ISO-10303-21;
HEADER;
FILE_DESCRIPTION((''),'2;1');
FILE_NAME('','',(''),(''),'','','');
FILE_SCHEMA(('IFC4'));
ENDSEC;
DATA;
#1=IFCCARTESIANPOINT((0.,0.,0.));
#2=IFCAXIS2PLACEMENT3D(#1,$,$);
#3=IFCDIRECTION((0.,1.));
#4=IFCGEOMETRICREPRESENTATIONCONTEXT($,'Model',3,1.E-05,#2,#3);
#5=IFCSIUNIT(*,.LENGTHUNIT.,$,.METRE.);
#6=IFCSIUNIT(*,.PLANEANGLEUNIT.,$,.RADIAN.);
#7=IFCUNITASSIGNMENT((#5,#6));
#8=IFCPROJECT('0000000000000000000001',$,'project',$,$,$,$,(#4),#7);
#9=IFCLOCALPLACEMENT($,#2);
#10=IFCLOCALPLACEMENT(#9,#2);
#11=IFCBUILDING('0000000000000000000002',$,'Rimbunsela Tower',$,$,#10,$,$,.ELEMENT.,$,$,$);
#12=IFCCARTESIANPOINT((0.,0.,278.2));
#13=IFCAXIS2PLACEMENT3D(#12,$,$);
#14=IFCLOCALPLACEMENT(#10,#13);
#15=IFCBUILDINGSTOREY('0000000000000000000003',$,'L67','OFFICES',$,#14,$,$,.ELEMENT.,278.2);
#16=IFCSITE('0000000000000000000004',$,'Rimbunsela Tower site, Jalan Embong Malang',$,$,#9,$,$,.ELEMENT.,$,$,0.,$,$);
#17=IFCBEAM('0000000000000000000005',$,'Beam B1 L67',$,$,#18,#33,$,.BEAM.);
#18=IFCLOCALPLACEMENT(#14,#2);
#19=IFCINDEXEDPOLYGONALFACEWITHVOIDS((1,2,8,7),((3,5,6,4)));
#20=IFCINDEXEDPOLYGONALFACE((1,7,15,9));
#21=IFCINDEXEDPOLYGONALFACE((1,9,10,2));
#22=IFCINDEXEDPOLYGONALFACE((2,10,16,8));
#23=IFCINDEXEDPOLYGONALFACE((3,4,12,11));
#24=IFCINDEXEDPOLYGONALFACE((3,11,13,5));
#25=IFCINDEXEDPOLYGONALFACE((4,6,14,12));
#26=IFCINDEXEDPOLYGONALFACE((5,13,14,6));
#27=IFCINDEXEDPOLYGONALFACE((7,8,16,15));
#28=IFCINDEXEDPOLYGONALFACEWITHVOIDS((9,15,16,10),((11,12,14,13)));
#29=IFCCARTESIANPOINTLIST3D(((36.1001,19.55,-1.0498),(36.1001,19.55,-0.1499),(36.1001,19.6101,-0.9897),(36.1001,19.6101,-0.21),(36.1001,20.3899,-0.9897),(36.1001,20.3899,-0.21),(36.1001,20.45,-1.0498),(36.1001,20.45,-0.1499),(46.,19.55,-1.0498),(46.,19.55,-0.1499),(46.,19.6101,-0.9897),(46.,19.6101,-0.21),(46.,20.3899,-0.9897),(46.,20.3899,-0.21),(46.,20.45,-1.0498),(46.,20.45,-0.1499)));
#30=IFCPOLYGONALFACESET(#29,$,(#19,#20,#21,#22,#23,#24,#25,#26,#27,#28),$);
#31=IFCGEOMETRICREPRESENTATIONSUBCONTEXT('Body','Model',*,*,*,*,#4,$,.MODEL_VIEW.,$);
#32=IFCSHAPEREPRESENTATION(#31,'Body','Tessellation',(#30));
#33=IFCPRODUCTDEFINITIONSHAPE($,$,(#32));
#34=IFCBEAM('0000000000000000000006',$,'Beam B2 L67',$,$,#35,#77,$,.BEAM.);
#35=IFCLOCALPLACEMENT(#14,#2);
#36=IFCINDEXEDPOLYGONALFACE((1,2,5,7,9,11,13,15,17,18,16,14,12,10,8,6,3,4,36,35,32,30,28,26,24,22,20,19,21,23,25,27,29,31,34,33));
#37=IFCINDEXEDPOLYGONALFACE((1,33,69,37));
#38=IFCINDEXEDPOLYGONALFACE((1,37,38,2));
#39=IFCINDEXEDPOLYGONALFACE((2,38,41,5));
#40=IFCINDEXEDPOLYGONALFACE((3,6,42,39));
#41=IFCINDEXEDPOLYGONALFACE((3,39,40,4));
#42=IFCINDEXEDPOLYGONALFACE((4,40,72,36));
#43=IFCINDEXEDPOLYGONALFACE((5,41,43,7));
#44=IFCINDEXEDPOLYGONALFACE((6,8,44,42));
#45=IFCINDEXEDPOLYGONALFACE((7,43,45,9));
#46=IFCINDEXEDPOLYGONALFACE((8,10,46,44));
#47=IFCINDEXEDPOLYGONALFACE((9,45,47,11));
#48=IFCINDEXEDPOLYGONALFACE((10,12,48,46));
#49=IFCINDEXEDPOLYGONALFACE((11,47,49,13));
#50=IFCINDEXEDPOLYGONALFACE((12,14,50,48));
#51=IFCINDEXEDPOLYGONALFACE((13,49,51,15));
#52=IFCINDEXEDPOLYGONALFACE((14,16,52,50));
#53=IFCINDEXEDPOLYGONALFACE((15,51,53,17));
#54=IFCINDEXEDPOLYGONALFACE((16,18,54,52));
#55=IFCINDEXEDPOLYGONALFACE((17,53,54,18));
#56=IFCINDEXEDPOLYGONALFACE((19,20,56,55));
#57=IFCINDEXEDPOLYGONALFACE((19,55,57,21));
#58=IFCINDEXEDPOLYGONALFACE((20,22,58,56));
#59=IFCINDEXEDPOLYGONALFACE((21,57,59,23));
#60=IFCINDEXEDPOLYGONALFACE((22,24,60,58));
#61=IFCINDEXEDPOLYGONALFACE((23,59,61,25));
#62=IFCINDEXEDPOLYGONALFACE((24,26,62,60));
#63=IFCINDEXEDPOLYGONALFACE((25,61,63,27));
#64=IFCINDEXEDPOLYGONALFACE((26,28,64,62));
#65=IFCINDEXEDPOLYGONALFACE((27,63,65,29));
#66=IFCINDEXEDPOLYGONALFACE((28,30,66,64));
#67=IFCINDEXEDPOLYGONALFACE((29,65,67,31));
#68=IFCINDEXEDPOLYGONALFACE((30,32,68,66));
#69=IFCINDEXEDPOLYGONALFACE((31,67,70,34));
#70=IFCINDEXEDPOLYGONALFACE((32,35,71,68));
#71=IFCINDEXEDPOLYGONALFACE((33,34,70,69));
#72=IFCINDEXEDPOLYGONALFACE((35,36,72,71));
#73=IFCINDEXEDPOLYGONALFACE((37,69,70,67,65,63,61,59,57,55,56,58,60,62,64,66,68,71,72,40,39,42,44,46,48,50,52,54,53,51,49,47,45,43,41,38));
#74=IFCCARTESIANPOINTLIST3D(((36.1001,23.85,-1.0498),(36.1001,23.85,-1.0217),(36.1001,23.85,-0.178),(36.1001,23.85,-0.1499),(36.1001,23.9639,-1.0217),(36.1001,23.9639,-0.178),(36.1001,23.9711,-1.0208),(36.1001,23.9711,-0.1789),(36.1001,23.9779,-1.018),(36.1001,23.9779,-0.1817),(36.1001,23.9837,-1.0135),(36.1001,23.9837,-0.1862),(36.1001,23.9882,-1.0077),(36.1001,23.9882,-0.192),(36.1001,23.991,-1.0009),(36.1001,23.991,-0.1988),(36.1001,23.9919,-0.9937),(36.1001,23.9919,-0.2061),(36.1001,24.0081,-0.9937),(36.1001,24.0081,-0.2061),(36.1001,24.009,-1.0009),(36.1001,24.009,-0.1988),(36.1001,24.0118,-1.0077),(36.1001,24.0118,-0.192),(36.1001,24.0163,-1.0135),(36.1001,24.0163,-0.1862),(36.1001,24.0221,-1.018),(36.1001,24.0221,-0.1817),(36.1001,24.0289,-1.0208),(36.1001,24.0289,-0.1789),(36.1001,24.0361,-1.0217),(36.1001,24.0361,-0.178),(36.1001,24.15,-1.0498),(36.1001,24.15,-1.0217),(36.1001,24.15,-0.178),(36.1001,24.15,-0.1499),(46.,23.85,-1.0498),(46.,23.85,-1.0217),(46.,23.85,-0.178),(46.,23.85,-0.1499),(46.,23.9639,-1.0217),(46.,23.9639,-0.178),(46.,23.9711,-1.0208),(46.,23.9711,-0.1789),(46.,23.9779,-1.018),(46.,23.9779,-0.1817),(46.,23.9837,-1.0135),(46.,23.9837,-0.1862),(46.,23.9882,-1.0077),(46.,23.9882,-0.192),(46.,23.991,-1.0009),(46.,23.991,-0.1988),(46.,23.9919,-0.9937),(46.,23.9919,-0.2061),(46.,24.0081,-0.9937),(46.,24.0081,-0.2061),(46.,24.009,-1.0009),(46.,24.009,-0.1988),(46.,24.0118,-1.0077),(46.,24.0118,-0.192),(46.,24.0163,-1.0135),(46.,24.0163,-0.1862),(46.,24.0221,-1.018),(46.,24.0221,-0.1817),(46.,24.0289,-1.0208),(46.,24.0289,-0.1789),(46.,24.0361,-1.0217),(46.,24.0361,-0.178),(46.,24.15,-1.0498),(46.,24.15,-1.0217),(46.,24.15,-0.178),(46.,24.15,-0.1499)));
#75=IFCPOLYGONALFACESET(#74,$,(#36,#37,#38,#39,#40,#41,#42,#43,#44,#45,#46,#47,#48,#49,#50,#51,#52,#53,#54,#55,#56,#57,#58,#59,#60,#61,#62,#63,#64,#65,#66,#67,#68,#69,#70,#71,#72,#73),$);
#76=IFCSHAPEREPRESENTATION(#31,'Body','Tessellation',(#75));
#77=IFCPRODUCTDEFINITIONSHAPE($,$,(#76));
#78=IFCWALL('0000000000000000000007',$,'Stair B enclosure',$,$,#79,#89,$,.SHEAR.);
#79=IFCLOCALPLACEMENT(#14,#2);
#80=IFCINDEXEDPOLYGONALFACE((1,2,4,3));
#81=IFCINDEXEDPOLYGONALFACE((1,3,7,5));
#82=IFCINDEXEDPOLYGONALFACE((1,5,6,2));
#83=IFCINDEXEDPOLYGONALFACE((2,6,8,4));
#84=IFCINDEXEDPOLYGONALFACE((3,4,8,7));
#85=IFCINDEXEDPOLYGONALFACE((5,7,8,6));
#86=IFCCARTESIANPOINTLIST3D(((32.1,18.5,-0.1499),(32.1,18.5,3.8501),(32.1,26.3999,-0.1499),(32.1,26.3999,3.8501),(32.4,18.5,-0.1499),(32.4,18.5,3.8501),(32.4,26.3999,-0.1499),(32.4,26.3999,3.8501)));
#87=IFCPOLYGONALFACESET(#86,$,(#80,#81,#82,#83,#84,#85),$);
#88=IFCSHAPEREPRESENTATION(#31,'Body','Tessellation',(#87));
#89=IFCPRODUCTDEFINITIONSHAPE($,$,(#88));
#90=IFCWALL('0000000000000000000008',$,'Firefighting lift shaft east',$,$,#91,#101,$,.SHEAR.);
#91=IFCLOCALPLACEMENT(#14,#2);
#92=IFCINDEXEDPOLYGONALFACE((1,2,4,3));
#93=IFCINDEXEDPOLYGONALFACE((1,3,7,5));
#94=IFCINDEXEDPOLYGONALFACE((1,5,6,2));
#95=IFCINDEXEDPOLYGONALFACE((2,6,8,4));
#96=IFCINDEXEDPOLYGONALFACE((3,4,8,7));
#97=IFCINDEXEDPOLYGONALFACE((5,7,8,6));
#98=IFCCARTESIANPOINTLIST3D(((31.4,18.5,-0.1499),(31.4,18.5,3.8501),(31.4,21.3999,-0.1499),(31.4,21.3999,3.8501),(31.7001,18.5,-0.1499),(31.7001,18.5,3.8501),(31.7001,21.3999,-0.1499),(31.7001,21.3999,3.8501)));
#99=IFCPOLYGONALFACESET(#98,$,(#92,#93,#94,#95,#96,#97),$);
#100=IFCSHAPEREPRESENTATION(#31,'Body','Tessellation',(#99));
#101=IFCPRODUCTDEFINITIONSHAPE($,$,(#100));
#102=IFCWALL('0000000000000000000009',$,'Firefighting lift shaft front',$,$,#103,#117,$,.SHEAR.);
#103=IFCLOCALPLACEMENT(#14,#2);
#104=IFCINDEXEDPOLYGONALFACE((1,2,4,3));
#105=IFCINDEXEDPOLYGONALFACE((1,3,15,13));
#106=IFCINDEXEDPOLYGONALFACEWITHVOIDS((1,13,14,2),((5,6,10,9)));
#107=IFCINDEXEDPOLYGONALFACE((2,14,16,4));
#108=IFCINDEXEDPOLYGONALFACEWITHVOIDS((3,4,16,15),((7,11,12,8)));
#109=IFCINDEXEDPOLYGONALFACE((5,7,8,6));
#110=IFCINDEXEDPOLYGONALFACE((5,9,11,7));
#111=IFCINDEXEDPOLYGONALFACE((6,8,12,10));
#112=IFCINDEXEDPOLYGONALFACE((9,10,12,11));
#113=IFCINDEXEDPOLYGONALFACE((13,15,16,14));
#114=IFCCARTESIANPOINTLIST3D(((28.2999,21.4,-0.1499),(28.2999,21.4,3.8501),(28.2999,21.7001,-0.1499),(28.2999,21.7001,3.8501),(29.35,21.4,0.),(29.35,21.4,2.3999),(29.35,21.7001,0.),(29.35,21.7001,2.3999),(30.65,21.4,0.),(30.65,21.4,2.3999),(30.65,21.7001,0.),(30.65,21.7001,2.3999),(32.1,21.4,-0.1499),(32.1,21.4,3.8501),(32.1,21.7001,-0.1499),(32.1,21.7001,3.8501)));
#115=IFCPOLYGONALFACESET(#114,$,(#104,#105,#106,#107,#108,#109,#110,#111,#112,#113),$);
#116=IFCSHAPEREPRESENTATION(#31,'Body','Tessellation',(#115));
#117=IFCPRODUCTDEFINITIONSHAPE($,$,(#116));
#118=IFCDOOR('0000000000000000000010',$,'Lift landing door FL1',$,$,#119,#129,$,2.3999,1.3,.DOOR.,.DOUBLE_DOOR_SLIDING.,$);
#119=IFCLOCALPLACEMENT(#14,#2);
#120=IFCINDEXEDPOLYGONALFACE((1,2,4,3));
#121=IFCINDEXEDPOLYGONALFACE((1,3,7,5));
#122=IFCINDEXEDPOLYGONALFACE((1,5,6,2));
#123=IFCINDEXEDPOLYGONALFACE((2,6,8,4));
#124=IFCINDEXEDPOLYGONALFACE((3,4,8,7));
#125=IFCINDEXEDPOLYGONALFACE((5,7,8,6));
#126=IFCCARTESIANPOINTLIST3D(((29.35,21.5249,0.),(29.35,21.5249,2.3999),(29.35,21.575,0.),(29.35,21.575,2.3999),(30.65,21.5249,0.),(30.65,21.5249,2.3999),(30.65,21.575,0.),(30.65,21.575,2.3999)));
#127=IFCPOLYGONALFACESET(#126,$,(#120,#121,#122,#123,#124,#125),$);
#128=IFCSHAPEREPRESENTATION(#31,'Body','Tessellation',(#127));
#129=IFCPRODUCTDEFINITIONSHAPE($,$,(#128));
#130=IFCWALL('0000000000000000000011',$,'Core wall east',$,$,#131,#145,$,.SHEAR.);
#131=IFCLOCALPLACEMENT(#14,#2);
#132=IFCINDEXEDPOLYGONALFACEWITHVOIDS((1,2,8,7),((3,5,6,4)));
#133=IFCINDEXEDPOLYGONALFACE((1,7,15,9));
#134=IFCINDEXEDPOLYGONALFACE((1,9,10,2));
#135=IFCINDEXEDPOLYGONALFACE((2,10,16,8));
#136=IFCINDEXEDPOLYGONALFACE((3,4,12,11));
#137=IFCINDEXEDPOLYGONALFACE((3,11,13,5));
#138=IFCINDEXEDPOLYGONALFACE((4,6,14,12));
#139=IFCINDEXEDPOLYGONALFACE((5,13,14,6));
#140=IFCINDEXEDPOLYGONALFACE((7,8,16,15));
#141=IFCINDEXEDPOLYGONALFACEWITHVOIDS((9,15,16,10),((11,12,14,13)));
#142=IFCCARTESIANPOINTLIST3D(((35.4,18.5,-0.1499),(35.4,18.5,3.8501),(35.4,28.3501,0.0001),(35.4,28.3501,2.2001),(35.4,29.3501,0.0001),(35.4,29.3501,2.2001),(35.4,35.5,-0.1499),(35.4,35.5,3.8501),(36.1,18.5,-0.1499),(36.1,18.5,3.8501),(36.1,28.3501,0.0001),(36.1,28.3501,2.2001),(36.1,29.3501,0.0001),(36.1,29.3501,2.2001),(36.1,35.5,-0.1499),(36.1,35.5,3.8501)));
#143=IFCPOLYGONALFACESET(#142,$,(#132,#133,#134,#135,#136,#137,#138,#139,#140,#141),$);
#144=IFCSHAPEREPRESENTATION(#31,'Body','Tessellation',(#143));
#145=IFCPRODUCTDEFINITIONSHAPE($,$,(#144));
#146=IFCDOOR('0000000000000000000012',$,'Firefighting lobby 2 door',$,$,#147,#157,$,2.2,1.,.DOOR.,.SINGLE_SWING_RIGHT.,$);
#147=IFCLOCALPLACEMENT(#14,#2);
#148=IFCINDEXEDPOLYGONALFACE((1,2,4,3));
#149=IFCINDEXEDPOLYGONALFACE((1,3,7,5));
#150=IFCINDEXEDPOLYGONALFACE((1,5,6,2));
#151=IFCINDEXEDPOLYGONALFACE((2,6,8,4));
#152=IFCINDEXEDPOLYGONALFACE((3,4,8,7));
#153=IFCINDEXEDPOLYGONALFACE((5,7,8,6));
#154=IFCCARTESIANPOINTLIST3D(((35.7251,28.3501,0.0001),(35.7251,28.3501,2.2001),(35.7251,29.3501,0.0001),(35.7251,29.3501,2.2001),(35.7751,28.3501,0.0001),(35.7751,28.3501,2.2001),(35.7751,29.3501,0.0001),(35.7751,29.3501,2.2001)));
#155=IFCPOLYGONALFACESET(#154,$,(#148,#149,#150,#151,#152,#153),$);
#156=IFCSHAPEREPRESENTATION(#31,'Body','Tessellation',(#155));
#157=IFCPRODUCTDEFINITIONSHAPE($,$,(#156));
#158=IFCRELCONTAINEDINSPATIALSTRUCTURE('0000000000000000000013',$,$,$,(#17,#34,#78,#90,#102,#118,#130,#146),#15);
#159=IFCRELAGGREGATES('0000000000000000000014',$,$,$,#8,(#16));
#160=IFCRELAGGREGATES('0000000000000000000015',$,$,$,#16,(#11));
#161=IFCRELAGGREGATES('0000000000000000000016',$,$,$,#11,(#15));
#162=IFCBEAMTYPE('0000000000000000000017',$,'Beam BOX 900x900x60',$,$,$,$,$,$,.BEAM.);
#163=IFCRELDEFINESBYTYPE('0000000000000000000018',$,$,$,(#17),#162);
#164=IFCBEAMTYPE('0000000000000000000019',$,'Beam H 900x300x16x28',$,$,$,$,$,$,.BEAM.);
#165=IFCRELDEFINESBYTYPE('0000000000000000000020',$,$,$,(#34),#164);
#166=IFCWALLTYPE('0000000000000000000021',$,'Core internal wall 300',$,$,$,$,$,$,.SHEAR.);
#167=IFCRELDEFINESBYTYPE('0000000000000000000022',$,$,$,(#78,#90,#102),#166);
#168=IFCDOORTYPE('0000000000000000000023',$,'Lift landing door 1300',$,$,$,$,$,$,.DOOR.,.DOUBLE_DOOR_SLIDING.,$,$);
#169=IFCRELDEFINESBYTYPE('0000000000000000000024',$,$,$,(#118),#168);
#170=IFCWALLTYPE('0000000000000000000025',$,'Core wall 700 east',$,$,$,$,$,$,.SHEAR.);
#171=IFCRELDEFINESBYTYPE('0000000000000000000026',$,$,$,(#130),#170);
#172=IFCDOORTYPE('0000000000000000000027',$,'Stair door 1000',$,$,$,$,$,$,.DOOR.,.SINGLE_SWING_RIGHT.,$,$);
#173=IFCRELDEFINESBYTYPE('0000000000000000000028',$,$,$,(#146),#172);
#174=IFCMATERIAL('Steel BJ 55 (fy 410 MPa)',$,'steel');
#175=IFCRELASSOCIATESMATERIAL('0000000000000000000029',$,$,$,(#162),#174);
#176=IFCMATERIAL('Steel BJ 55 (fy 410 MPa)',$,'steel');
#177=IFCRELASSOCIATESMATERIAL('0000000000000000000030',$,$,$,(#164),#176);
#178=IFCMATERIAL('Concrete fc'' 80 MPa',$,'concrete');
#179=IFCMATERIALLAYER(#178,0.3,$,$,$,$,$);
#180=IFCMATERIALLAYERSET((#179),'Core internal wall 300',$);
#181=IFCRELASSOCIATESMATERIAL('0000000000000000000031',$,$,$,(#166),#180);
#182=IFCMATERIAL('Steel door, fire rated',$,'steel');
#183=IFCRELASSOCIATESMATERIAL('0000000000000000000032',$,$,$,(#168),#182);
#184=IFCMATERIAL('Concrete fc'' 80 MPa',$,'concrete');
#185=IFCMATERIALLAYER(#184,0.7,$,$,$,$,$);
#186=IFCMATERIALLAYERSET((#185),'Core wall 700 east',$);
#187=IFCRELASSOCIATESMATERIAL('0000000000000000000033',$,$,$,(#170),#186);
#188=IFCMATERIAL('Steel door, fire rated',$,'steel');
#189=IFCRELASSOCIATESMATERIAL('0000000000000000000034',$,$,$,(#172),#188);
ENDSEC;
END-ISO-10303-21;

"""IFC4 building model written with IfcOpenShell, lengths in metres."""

from ifc_helpers import new_model, si_unit, direction, frame, frame_2d, origin, origin_2d, place, context, subcontext, project, spatial, rectangle, hollow_rectangle, i_section, extrude, material, layer, layer_set, material_profile, profile_set, type_object, element, fill, save


model = new_model("IFC4")

# Units and contexts
model_context = context("Model", 3, precision=1e-05, world=origin(), true_north=direction((0.0, 1.0)))
body_context = subcontext(model_context, "Body", "Model", "MODEL_VIEW")
ifc_project = project(units=[si_unit("LENGTHUNIT", "METRE"), si_unit("PLANEANGLEUNIT", "RADIAN")], contexts=[model_context])

# Site, building, storey
site_placement = place(None, origin())
site = spatial("IfcSite", under=ifc_project, at=site_placement, Name="Rimbunsela Tower site, Jalan Embong Malang", CompositionType="ELEMENT", RefElevation=0.0)
building_placement = place(site_placement, origin())
building = spatial("IfcBuilding", under=site, at=building_placement, Name="Rimbunsela Tower", CompositionType="ELEMENT")
storey_placement = place(building_placement, frame((0.0, 0.0, 278.2)))
storey = spatial("IfcBuildingStorey", under=building, at=storey_placement, Name="L67", Description="OFFICES", CompositionType="ELEMENT", Elevation=278.2)

# Beams
ifc_material_1 = material(Name="Steel BJ 55 (fy 410 MPa)", Category="steel")
ifc_material_profile_1 = material_profile(ifc_material_1, hollow_rectangle(XDim=0.8999, YDim=0.8999, WallThickness=0.0601, at=origin_2d()), Name="BOX 900x900x60")
ifc_profile_set_1 = profile_set([ifc_material_profile_1], Name="Steel BJ 55 (fy 410 MPa)")
beam_type_1 = type_object("IfcBeamType", Name="Beam BOX 900x900x60", PredefinedType="BEAM", material=ifc_profile_set_1)
beam_1_placement = place(storey_placement, frame((36.1001, 20.0, -0.5999), z_axis=(1.0, 0.0, 0.0), x_axis=(0.0, 1.0, 0.0)))
element("IfcBeam", 1, at=beam_1_placement, inside=storey, type_object=beam_type_1, Name="Beam B1 L67", PredefinedType="BEAM", context=body_context, shape_type="SweptSolid", body=[
    extrude(hollow_rectangle(XDim=0.8999, YDim=0.8999, WallThickness=0.0601, at=origin_2d()), origin(), (0.0, 0.0, 1.0), 9.8999),
])
ifc_material_2 = material(Name="Steel BJ 55 (fy 410 MPa)", Category="steel")
ifc_material_profile_2 = material_profile(ifc_material_2, i_section(OverallWidth=0.3, OverallDepth=0.8999, WebThickness=0.0161, FlangeThickness=0.0281, FilletRadius=0.0281, at=origin_2d()), Name="H 900x300x16x28")
ifc_profile_set_2 = profile_set([ifc_material_profile_2], Name="Steel BJ 55 (fy 410 MPa)")
beam_type_2 = type_object("IfcBeamType", Name="Beam H 900x300x16x28", PredefinedType="BEAM", material=ifc_profile_set_2)
beam_2_placement = place(storey_placement, frame((36.1001, 24.0, -0.5999), z_axis=(1.0, 0.0, 0.0), x_axis=(0.0, 1.0, 0.0)))
element("IfcBeam", 2, at=beam_2_placement, inside=storey, type_object=beam_type_2, Name="Beam B2 L67", PredefinedType="BEAM", context=body_context, shape_type="SweptSolid", body=[
    extrude(i_section(OverallWidth=0.3, OverallDepth=0.8999, WebThickness=0.0161, FlangeThickness=0.0281, FilletRadius=0.0281, at=origin_2d()), origin(), (0.0, 0.0, 1.0), 9.8999),
])

# Walls
ifc_material_3 = material(Name="Concrete fc' 80 MPa", Category="concrete")
ifc_layer_1 = layer(ifc_material_3, 0.3)
ifc_layer_set_1 = layer_set([ifc_layer_1], Name="Core internal wall 300")
wall_type_1 = type_object("IfcWallType", Name="Core internal wall 300", PredefinedType="SHEAR", material=ifc_layer_set_1)
wall_1_placement = place(storey_placement, frame((32.25, 18.5, -0.1499), z_axis=(0.0, 0.0, 1.0), x_axis=(0.0, 1.0, 0.0)))
element("IfcWall", 3, at=wall_1_placement, inside=storey, type_object=wall_type_1, Name="Stair B enclosure", PredefinedType="SHEAR", context=body_context, shape_type="SweptSolid", body=[
    extrude(rectangle(XDim=7.8999, YDim=0.3, at=frame_2d((3.95, 0.0))), origin(), (0.0, 0.0, 1.0), 4.0),
])
wall_2_placement = place(storey_placement, frame((31.55, 18.5, -0.1499), z_axis=(0.0, 0.0, 1.0), x_axis=(0.0, 1.0, 0.0)))
element("IfcWall", 4, at=wall_2_placement, inside=storey, type_object=wall_type_1, Name="Firefighting lift shaft east", PredefinedType="SHEAR", context=body_context, shape_type="SweptSolid", body=[
    extrude(rectangle(XDim=2.8999, YDim=0.3, at=frame_2d((1.45, 0.0))), origin(), (0.0, 0.0, 1.0), 4.0),
])

# Walls, openings, doors
wall_3_placement = place(storey_placement, frame((28.3, 21.55, -0.1499), z_axis=(0.0, 0.0, 1.0), x_axis=(1.0, 0.0, 0.0)))
wall_3 = element("IfcWall", 5, at=wall_3_placement, inside=storey, type_object=wall_type_1, Name="Firefighting lift shaft front", PredefinedType="SHEAR", context=body_context, shape_type="SweptSolid", body=[
    extrude(rectangle(XDim=3.8, YDim=0.3, at=frame_2d((1.8999, 0.0))), origin(), (0.0, 0.0, 1.0), 4.0),
])
opening_1_placement = place(wall_3_placement, frame((1.05, 0.0, 0.1499)))
opening_1 = element("IfcOpeningElement", 6, at=opening_1_placement, cuts=wall_3, PredefinedType="OPENING", context=body_context, shape_type="SweptSolid", body=[
    extrude(rectangle(XDim=1.3, YDim=2.3999, at=frame_2d((0.6499, 1.2))), frame((0.0, 0.1599, 0.0), z_axis=(0.0, -1.0, 0.0), x_axis=(1.0, 0.0, 0.0)), (0.0, 0.0, 1.0), 0.3201),
])
ifc_material_4 = material(Name="Steel door, fire rated", Category="steel")
door_type_1 = type_object("IfcDoorType", Name="Lift landing door 1300", OperationType="DOUBLE_DOOR_SLIDING", PredefinedType="DOOR", material=ifc_material_4)
door_1_placement = place(opening_1_placement, origin())
door_1 = element("IfcDoor", 7, at=door_1_placement, inside=storey, type_object=door_type_1, Name="Lift landing door FL1", OperationType="DOUBLE_DOOR_SLIDING", OverallHeight=2.3999, OverallWidth=1.3, PredefinedType="DOOR", context=body_context, shape_type="SweptSolid", body=[
    extrude(rectangle(XDim=1.3, YDim=2.3999, at=frame_2d((0.6499, 1.2))), frame((0.0, 0.0249, 0.0), z_axis=(0.0, -1.0, 0.0), x_axis=(1.0, 0.0, 0.0)), (0.0, 0.0, 1.0), 0.05),
])
fill(opening_1, door_1)
ifc_material_5 = material(Name="Concrete fc' 80 MPa", Category="concrete")
ifc_layer_2 = layer(ifc_material_5, 0.7)
ifc_layer_set_2 = layer_set([ifc_layer_2], Name="Core wall 700 east")
wall_type_2 = type_object("IfcWallType", Name="Core wall 700 east", PredefinedType="SHEAR", material=ifc_layer_set_2)
wall_4_placement = place(storey_placement, frame((35.75, 18.5, -0.1499), z_axis=(0.0, 0.0, 1.0), x_axis=(0.0, 1.0, 0.0)))
wall_4 = element("IfcWall", 8, at=wall_4_placement, inside=storey, type_object=wall_type_2, Name="Core wall east", PredefinedType="SHEAR", context=body_context, shape_type="SweptSolid", body=[
    extrude(rectangle(XDim=17.0, YDim=0.7, at=frame_2d((8.5, 0.0))), origin(), (0.0, 0.0, 1.0), 4.0),
])
opening_2_placement = place(wall_4_placement, frame((9.8501, 0.0, 0.1499)))
opening_2 = element("IfcOpeningElement", 9, at=opening_2_placement, cuts=wall_4, PredefinedType="OPENING", context=body_context, shape_type="SweptSolid", body=[
    extrude(rectangle(XDim=1.0, YDim=2.2, at=frame_2d((0.5, 1.1001))), frame((0.0, 0.3599, 0.0), z_axis=(0.0, -1.0, 0.0), x_axis=(1.0, 0.0, 0.0)), (0.0, 0.0, 1.0), 0.72),
])
ifc_material_6 = material(Name="Steel door, fire rated", Category="steel")
door_type_2 = type_object("IfcDoorType", Name="Stair door 1000", OperationType="SINGLE_SWING_RIGHT", PredefinedType="DOOR", material=ifc_material_6)
door_2_placement = place(opening_2_placement, origin())
door_2 = element("IfcDoor", 10, at=door_2_placement, inside=storey, type_object=door_type_2, Name="Firefighting lobby 2 door", OperationType="SINGLE_SWING_RIGHT", OverallHeight=2.2, OverallWidth=1.0, PredefinedType="DOOR", context=body_context, shape_type="SweptSolid", body=[
    extrude(rectangle(XDim=1.0, YDim=2.2, at=frame_2d((0.5, 1.1001))), frame((0.0, 0.0249, 0.0), z_axis=(0.0, -1.0, 0.0), x_axis=(1.0, 0.0, 0.0)), (0.0, 0.0, 1.0), 0.05),
])
fill(opening_2, door_2)

save(model, "model.ifc")
